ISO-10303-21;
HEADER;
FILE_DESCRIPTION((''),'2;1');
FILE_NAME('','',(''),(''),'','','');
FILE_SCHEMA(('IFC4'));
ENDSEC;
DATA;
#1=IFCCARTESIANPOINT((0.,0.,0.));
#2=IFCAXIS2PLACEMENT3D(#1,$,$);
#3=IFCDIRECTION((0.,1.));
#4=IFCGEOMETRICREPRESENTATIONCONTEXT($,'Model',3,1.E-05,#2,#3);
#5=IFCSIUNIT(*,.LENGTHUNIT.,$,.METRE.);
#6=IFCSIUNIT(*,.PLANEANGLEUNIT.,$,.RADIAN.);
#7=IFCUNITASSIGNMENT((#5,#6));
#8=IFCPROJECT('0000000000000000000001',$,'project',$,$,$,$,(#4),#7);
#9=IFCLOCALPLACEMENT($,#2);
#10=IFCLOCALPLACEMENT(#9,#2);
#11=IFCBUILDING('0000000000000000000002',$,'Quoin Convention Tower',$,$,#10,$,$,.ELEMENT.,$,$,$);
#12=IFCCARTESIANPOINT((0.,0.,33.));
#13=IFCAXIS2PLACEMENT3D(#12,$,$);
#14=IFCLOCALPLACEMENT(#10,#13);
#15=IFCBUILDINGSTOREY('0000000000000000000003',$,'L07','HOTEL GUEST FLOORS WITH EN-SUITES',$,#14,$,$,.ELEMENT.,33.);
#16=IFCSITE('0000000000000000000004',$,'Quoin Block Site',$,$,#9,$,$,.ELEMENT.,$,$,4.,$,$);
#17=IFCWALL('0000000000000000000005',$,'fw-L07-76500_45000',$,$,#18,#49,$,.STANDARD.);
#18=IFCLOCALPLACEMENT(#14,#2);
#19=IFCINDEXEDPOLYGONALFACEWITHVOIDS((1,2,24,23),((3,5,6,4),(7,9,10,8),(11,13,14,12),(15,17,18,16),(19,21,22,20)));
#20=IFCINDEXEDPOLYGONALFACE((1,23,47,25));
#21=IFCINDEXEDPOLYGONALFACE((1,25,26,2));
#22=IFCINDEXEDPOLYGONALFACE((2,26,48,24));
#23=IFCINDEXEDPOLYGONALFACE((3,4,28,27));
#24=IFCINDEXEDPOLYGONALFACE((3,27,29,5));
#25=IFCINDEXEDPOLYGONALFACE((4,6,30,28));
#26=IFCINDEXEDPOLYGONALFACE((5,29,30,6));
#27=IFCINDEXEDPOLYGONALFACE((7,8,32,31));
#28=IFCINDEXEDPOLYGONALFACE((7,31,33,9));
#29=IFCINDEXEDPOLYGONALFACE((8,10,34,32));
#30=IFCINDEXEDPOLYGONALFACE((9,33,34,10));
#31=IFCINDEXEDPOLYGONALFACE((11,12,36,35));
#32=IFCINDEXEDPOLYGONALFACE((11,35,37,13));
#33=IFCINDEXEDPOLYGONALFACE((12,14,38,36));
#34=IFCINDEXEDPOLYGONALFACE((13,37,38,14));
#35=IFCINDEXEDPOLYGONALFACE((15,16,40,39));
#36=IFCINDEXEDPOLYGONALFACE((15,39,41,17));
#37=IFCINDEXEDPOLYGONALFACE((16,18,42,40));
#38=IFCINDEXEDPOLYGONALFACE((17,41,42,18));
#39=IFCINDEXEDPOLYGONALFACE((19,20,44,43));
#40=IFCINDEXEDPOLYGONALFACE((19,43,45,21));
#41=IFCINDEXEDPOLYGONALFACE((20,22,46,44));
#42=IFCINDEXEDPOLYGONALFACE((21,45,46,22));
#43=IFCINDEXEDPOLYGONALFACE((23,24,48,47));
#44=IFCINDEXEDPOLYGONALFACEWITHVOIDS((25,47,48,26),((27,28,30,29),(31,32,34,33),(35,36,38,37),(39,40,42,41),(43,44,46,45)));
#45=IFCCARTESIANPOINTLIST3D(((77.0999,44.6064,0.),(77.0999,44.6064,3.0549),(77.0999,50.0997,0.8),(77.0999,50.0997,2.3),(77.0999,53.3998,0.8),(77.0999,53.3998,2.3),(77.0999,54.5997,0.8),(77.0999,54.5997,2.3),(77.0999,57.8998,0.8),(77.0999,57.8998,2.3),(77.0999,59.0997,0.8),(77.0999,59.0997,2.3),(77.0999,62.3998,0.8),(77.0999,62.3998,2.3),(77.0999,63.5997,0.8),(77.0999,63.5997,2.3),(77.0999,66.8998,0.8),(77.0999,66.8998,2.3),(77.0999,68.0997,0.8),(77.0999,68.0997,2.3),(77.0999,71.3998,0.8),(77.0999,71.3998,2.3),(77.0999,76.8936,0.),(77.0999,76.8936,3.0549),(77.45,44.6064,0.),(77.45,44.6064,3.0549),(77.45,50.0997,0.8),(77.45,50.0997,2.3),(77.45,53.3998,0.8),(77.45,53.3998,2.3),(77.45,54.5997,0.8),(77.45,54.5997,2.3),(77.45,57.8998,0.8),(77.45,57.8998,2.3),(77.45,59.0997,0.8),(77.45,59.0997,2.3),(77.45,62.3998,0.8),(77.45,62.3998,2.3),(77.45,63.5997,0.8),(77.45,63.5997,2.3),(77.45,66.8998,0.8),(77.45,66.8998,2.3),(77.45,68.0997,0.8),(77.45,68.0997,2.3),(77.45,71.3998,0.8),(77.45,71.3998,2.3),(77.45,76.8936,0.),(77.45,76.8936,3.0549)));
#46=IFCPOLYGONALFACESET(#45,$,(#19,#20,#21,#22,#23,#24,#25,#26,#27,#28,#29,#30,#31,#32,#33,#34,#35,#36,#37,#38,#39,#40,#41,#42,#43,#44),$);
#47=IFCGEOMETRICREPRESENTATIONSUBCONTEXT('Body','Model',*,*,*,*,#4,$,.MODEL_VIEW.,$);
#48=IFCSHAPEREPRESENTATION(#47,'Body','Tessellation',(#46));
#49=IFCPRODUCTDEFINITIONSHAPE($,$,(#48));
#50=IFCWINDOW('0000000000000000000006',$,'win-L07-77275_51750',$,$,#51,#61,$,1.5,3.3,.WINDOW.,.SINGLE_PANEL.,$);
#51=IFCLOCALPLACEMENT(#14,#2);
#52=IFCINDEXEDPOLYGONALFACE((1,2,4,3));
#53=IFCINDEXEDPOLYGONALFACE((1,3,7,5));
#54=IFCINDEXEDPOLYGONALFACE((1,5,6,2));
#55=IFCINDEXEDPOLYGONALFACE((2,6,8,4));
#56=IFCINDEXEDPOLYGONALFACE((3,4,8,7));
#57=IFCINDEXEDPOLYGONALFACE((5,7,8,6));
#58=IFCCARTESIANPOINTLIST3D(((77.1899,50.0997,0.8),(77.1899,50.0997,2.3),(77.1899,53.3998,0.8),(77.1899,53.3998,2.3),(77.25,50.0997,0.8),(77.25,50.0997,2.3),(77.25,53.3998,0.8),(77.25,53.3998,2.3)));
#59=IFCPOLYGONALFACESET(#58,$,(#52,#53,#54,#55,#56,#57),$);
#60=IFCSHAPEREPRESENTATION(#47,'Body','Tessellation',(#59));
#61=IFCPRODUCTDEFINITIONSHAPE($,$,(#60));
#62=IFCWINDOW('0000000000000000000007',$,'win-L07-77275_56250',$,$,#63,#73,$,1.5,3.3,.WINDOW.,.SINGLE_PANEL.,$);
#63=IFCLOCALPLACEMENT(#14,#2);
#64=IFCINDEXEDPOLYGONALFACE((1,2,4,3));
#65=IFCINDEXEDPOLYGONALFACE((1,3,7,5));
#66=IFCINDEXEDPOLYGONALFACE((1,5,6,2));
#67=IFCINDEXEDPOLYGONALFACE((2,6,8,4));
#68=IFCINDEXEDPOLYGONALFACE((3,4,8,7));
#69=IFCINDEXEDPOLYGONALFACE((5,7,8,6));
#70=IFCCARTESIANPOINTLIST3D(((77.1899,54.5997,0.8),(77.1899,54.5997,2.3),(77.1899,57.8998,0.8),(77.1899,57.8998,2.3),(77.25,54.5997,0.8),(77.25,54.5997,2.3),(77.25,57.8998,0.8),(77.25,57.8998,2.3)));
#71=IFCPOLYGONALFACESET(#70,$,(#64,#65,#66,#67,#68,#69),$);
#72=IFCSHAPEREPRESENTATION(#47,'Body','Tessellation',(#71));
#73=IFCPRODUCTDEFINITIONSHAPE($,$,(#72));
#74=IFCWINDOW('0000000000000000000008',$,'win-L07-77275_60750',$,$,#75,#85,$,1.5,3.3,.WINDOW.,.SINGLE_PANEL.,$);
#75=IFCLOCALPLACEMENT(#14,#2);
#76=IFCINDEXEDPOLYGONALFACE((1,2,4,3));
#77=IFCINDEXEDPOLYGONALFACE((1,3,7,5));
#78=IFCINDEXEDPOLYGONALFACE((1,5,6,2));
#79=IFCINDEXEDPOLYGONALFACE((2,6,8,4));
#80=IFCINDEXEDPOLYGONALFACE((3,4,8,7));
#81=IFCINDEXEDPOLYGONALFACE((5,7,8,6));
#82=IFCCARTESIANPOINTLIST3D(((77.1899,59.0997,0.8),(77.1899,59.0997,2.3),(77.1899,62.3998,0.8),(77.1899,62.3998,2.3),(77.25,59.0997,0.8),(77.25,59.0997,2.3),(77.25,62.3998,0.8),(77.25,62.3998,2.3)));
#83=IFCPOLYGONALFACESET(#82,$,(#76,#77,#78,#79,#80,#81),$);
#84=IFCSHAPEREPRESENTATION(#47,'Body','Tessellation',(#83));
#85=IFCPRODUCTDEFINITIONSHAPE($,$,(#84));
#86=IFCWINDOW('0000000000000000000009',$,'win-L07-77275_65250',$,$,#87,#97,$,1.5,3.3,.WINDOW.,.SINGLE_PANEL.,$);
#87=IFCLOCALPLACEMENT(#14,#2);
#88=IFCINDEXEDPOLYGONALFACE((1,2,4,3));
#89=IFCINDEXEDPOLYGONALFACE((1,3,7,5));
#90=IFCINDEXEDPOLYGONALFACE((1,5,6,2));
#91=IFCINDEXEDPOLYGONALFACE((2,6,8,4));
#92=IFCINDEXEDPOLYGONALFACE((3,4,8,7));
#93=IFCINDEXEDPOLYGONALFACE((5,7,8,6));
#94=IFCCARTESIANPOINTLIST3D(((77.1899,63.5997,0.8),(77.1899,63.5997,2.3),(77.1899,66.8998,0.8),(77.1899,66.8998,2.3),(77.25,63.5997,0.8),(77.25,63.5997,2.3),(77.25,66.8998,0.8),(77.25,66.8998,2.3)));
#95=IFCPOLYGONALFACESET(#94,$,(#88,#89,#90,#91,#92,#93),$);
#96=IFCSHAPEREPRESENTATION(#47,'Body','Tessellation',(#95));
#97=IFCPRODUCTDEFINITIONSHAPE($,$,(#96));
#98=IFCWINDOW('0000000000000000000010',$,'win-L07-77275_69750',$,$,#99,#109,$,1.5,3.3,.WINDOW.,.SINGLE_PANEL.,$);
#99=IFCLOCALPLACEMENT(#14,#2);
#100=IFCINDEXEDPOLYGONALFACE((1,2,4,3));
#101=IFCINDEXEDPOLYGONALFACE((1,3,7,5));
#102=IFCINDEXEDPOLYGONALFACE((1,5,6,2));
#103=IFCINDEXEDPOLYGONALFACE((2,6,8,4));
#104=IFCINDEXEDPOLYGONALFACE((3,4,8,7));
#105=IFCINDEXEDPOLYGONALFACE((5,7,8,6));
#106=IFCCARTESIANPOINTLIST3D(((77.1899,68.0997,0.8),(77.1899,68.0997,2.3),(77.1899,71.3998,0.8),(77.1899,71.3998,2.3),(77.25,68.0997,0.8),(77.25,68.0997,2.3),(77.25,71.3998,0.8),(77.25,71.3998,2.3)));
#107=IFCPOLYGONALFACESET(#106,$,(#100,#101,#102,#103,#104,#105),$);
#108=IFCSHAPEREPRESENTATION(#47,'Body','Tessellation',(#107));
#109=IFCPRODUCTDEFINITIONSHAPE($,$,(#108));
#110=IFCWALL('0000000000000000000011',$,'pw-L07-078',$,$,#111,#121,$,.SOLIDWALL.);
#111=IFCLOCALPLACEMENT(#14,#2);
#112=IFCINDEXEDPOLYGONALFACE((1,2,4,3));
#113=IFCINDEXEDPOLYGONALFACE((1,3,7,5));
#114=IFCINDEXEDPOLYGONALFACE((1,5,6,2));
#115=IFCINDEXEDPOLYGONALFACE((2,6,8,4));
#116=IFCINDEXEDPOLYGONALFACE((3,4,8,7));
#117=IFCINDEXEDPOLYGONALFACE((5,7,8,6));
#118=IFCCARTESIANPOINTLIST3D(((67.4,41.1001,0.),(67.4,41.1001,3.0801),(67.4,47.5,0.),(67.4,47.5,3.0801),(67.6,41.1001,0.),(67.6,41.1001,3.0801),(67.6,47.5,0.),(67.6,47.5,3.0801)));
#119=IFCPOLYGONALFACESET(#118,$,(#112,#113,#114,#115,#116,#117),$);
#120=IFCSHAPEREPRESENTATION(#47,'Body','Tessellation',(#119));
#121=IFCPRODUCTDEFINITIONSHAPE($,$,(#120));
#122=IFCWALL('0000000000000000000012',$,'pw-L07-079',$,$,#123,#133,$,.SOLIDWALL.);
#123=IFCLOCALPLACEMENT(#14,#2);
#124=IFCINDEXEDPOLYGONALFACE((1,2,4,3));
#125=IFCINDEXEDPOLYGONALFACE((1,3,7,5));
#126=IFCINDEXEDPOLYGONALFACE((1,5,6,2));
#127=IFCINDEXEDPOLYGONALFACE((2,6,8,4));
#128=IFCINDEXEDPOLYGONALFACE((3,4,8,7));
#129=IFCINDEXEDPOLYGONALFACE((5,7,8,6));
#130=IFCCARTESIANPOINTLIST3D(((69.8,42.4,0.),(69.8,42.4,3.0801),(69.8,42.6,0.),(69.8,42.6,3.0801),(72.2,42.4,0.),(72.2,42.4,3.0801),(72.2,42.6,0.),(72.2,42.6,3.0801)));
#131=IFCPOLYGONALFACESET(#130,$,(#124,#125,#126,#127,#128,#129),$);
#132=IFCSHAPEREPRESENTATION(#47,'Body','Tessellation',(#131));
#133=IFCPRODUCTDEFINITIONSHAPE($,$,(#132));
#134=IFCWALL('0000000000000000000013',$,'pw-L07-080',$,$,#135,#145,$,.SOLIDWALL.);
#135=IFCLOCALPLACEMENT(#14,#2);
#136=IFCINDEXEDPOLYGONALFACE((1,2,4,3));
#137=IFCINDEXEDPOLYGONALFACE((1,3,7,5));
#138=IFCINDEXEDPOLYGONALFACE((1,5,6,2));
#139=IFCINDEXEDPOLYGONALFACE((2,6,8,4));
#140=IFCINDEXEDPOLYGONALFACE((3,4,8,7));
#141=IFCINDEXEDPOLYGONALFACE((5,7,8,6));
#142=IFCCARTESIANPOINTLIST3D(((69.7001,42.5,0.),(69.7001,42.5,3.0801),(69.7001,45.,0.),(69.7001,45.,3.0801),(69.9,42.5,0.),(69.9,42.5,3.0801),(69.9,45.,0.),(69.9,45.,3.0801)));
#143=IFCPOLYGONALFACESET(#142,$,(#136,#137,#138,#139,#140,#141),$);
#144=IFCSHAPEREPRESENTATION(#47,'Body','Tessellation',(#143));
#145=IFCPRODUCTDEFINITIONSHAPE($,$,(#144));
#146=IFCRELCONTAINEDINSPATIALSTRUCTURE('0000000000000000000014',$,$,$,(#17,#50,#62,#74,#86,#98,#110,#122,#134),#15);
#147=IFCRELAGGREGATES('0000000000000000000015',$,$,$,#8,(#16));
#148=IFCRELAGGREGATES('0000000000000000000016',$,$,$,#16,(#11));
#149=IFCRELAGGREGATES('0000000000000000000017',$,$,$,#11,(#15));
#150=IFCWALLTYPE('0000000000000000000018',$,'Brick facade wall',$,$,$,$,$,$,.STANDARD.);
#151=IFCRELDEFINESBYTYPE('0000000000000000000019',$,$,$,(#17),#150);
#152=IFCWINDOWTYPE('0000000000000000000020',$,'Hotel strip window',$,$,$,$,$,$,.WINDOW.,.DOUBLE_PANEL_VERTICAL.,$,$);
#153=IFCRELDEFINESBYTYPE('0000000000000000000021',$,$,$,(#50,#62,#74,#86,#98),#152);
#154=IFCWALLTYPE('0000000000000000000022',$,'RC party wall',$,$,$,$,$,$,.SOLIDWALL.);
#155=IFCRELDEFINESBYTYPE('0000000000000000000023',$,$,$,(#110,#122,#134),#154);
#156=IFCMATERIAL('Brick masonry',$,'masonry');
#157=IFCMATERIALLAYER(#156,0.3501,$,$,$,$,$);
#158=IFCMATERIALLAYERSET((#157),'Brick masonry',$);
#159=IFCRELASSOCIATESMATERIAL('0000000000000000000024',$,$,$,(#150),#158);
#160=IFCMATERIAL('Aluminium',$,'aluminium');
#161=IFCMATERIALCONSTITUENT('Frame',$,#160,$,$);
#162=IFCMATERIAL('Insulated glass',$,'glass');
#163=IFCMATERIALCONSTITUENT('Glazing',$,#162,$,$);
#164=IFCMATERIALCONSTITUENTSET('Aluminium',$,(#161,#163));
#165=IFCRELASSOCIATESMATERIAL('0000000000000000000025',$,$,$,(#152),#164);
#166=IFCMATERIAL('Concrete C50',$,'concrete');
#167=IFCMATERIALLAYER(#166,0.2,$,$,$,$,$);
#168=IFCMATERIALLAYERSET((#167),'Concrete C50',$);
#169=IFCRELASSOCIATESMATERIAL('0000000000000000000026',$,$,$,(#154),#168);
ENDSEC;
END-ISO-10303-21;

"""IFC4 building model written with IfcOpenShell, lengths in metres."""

from ifc_helpers import new_model, si_unit, direction, frame, frame_2d, origin, place, context, subcontext, project, spatial, rectangle, extrude, material, layer, layer_set, constituent, constituent_set, type_object, element, fill, save


model = new_model("IFC4")

# Units and contexts
model_context = context("Model", 3, precision=1e-05, world=origin(), true_north=direction((0.0, 1.0)))
body_context = subcontext(model_context, "Body", "Model", "MODEL_VIEW")
ifc_project = project(units=[si_unit("LENGTHUNIT", "METRE"), si_unit("PLANEANGLEUNIT", "RADIAN")], contexts=[model_context])

# Site, building, storey
site_placement = place(None, origin())
site = spatial("IfcSite", under=ifc_project, at=site_placement, Name="Quoin Block Site", CompositionType="ELEMENT", RefElevation=4.0)
building_placement = place(site_placement, origin())
building = spatial("IfcBuilding", under=site, at=building_placement, Name="Quoin Convention Tower", CompositionType="ELEMENT")
storey_placement = place(building_placement, frame((0.0, 0.0, 33.0)))
storey = spatial("IfcBuildingStorey", under=building, at=storey_placement, Name="L07", Description="HOTEL GUEST FLOORS WITH EN-SUITES", CompositionType="ELEMENT", Elevation=33.0)

# Shared definitions
ifc_material_1 = material(Name="Brick masonry", Category="masonry")
ifc_layer_1 = layer(ifc_material_1, 0.3501)
ifc_layer_set_1 = layer_set([ifc_layer_1], Name="Brick masonry")
wall_type_1 = type_object("IfcWallType", Name="Brick facade wall", PredefinedType="STANDARD", material=ifc_layer_set_1)
ifc_material_2 = material(Name="Aluminium", Category="aluminium")
ifc_constituent_1 = constituent(ifc_material_2, Name="Frame")
ifc_material_3 = material(Name="Insulated glass", Category="glass")
ifc_constituent_2 = constituent(ifc_material_3, Name="Glazing")
ifc_constituent_set = constituent_set(constituents=[ifc_constituent_1, ifc_constituent_2], Name="Aluminium")
window_type = type_object("IfcWindowType", Name="Hotel strip window", PartitioningType="DOUBLE_PANEL_VERTICAL", PredefinedType="WINDOW", material=ifc_constituent_set)

# Wall, openings, windows
wall_1_placement = place(storey_placement, frame((77.2749, 44.6064, 0.0), z_axis=(0.0, 0.0, 1.0), x_axis=(0.0, 1.0, 0.0)))
wall_1 = element("IfcWall", 1, at=wall_1_placement, inside=storey, type_object=wall_type_1, Name="fw-L07-76500_45000", PredefinedType="STANDARD", context=body_context, shape_type="SweptSolid", body=[
    extrude(rectangle(XDim=32.2871, YDim=0.3501, at=frame_2d((16.1436, 0.0))), origin(), (0.0, 0.0, 1.0), 3.0549),
])
opening_1_placement = place(wall_1_placement, frame((5.4934, 0.0, 0.8)))
opening_1 = element("IfcOpeningElement", 2, at=opening_1_placement, cuts=wall_1, PredefinedType="OPENING", context=body_context, shape_type="SweptSolid", body=[
    extrude(rectangle(XDim=3.3, YDim=1.5, at=frame_2d((1.6499, 0.75))), frame((0.0, 0.1851, 0.0), z_axis=(0.0, -1.0, 0.0), x_axis=(1.0, 0.0, 0.0)), (0.0, 0.0, 1.0), 0.3701),
])
opening_2_placement = place(wall_1_placement, frame((9.9934, 0.0, 0.8)))
opening_2 = element("IfcOpeningElement", 3, at=opening_2_placement, cuts=wall_1, PredefinedType="OPENING", context=body_context, shape_type="SweptSolid", body=[
    extrude(rectangle(XDim=3.3, YDim=1.5, at=frame_2d((1.6499, 0.75))), frame((0.0, 0.1851, 0.0), z_axis=(0.0, -1.0, 0.0), x_axis=(1.0, 0.0, 0.0)), (0.0, 0.0, 1.0), 0.3701),
])
opening_3_placement = place(wall_1_placement, frame((14.4934, 0.0, 0.8)))
opening_3 = element("IfcOpeningElement", 4, at=opening_3_placement, cuts=wall_1, PredefinedType="OPENING", context=body_context, shape_type="SweptSolid", body=[
    extrude(rectangle(XDim=3.3, YDim=1.5, at=frame_2d((1.6499, 0.75))), frame((0.0, 0.1851, 0.0), z_axis=(0.0, -1.0, 0.0), x_axis=(1.0, 0.0, 0.0)), (0.0, 0.0, 1.0), 0.3701),
])
opening_4_placement = place(wall_1_placement, frame((18.9934, 0.0, 0.8)))
opening_4 = element("IfcOpeningElement", 5, at=opening_4_placement, cuts=wall_1, PredefinedType="OPENING", context=body_context, shape_type="SweptSolid", body=[
    extrude(rectangle(XDim=3.3, YDim=1.5, at=frame_2d((1.6499, 0.75))), frame((0.0, 0.1851, 0.0), z_axis=(0.0, -1.0, 0.0), x_axis=(1.0, 0.0, 0.0)), (0.0, 0.0, 1.0), 0.3701),
])
opening_5_placement = place(wall_1_placement, frame((23.4934, 0.0, 0.8)))
opening_5 = element("IfcOpeningElement", 6, at=opening_5_placement, cuts=wall_1, PredefinedType="OPENING", context=body_context, shape_type="SweptSolid", body=[
    extrude(rectangle(XDim=3.3, YDim=1.5, at=frame_2d((1.6499, 0.75))), frame((0.0, 0.1851, 0.0), z_axis=(0.0, -1.0, 0.0), x_axis=(1.0, 0.0, 0.0)), (0.0, 0.0, 1.0), 0.3701),
])
window_1_placement = place(opening_1_placement, origin())
window_1 = element("IfcWindow", 7, at=window_1_placement, inside=storey, type_object=window_type, Name="win-L07-77275_51750", OverallHeight=1.5, OverallWidth=3.3, PartitioningType="SINGLE_PANEL", PredefinedType="WINDOW", context=body_context, shape_type="SweptSolid", body=[
    extrude(rectangle(XDim=3.3, YDim=1.5, at=frame_2d((1.6499, 0.75))), frame((0.0, 0.085, 0.0), z_axis=(0.0, -1.0, 0.0), x_axis=(1.0, 0.0, 0.0)), (0.0, 0.0, 1.0), 0.0601),
])
fill(opening_1, window_1)
window_2_placement = place(opening_2_placement, origin())
window_2 = element("IfcWindow", 8, at=window_2_placement, inside=storey, type_object=window_type, Name="win-L07-77275_56250", OverallHeight=1.5, OverallWidth=3.3, PartitioningType="SINGLE_PANEL", PredefinedType="WINDOW", context=body_context, shape_type="SweptSolid", body=[
    extrude(rectangle(XDim=3.3, YDim=1.5, at=frame_2d((1.6499, 0.75))), frame((0.0, 0.085, 0.0), z_axis=(0.0, -1.0, 0.0), x_axis=(1.0, 0.0, 0.0)), (0.0, 0.0, 1.0), 0.0601),
])
fill(opening_2, window_2)
window_3_placement = place(opening_3_placement, origin())
window_3 = element("IfcWindow", 9, at=window_3_placement, inside=storey, type_object=window_type, Name="win-L07-77275_60750", OverallHeight=1.5, OverallWidth=3.3, PartitioningType="SINGLE_PANEL", PredefinedType="WINDOW", context=body_context, shape_type="SweptSolid", body=[
    extrude(rectangle(XDim=3.3, YDim=1.5, at=frame_2d((1.6499, 0.75))), frame((0.0, 0.085, 0.0), z_axis=(0.0, -1.0, 0.0), x_axis=(1.0, 0.0, 0.0)), (0.0, 0.0, 1.0), 0.0601),
])
fill(opening_3, window_3)
window_4_placement = place(opening_4_placement, origin())
window_4 = element("IfcWindow", 10, at=window_4_placement, inside=storey, type_object=window_type, Name="win-L07-77275_65250", OverallHeight=1.5, OverallWidth=3.3, PartitioningType="SINGLE_PANEL", PredefinedType="WINDOW", context=body_context, shape_type="SweptSolid", body=[
    extrude(rectangle(XDim=3.3, YDim=1.5, at=frame_2d((1.6499, 0.75))), frame((0.0, 0.085, 0.0), z_axis=(0.0, -1.0, 0.0), x_axis=(1.0, 0.0, 0.0)), (0.0, 0.0, 1.0), 0.0601),
])
fill(opening_4, window_4)
window_5_placement = place(opening_5_placement, origin())
window_5 = element("IfcWindow", 11, at=window_5_placement, inside=storey, type_object=window_type, Name="win-L07-77275_69750", OverallHeight=1.5, OverallWidth=3.3, PartitioningType="SINGLE_PANEL", PredefinedType="WINDOW", context=body_context, shape_type="SweptSolid", body=[
    extrude(rectangle(XDim=3.3, YDim=1.5, at=frame_2d((1.6499, 0.75))), frame((0.0, 0.085, 0.0), z_axis=(0.0, -1.0, 0.0), x_axis=(1.0, 0.0, 0.0)), (0.0, 0.0, 1.0), 0.0601),
])
fill(opening_5, window_5)

# Walls
ifc_material_4 = material(Name="Concrete C50", Category="concrete")
ifc_layer_2 = layer(ifc_material_4, 0.2)
ifc_layer_set_2 = layer_set([ifc_layer_2], Name="Concrete C50")
wall_type_2 = type_object("IfcWallType", Name="RC party wall", PredefinedType="SOLIDWALL", material=ifc_layer_set_2)
wall_2_placement = place(storey_placement, frame((67.5, 41.1001, 0.0), z_axis=(0.0, 0.0, 1.0), x_axis=(0.0, 1.0, 0.0)))
element("IfcWall", 12, at=wall_2_placement, inside=storey, type_object=wall_type_2, Name="pw-L07-078", PredefinedType="SOLIDWALL", context=body_context, shape_type="SweptSolid", body=[
    extrude(rectangle(XDim=6.3999, YDim=0.2, at=frame_2d((3.2, 0.0))), origin(), (0.0, 0.0, 1.0), 3.0801),
])
wall_3_placement = place(storey_placement, frame((69.8, 42.5, 0.0), z_axis=(0.0, 0.0, 1.0), x_axis=(1.0, 0.0, 0.0)))
element("IfcWall", 13, at=wall_3_placement, inside=storey, type_object=wall_type_2, Name="pw-L07-079", PredefinedType="SOLIDWALL", context=body_context, shape_type="SweptSolid", body=[
    extrude(rectangle(XDim=2.3999, YDim=0.2, at=frame_2d((1.2, 0.0))), origin(), (0.0, 0.0, 1.0), 3.0801),
])
wall_4_placement = place(storey_placement, frame((69.8, 42.5, 0.0), z_axis=(0.0, 0.0, 1.0), x_axis=(0.0, 1.0, 0.0)))
element("IfcWall", 14, at=wall_4_placement, inside=storey, type_object=wall_type_2, Name="pw-L07-080", PredefinedType="SOLIDWALL", context=body_context, shape_type="SweptSolid", body=[
    extrude(rectangle(XDim=2.5, YDim=0.2, at=frame_2d((1.25, 0.0))), origin(), (0.0, 0.0, 1.0), 3.0801),
])

save(model, "model.ifc")
